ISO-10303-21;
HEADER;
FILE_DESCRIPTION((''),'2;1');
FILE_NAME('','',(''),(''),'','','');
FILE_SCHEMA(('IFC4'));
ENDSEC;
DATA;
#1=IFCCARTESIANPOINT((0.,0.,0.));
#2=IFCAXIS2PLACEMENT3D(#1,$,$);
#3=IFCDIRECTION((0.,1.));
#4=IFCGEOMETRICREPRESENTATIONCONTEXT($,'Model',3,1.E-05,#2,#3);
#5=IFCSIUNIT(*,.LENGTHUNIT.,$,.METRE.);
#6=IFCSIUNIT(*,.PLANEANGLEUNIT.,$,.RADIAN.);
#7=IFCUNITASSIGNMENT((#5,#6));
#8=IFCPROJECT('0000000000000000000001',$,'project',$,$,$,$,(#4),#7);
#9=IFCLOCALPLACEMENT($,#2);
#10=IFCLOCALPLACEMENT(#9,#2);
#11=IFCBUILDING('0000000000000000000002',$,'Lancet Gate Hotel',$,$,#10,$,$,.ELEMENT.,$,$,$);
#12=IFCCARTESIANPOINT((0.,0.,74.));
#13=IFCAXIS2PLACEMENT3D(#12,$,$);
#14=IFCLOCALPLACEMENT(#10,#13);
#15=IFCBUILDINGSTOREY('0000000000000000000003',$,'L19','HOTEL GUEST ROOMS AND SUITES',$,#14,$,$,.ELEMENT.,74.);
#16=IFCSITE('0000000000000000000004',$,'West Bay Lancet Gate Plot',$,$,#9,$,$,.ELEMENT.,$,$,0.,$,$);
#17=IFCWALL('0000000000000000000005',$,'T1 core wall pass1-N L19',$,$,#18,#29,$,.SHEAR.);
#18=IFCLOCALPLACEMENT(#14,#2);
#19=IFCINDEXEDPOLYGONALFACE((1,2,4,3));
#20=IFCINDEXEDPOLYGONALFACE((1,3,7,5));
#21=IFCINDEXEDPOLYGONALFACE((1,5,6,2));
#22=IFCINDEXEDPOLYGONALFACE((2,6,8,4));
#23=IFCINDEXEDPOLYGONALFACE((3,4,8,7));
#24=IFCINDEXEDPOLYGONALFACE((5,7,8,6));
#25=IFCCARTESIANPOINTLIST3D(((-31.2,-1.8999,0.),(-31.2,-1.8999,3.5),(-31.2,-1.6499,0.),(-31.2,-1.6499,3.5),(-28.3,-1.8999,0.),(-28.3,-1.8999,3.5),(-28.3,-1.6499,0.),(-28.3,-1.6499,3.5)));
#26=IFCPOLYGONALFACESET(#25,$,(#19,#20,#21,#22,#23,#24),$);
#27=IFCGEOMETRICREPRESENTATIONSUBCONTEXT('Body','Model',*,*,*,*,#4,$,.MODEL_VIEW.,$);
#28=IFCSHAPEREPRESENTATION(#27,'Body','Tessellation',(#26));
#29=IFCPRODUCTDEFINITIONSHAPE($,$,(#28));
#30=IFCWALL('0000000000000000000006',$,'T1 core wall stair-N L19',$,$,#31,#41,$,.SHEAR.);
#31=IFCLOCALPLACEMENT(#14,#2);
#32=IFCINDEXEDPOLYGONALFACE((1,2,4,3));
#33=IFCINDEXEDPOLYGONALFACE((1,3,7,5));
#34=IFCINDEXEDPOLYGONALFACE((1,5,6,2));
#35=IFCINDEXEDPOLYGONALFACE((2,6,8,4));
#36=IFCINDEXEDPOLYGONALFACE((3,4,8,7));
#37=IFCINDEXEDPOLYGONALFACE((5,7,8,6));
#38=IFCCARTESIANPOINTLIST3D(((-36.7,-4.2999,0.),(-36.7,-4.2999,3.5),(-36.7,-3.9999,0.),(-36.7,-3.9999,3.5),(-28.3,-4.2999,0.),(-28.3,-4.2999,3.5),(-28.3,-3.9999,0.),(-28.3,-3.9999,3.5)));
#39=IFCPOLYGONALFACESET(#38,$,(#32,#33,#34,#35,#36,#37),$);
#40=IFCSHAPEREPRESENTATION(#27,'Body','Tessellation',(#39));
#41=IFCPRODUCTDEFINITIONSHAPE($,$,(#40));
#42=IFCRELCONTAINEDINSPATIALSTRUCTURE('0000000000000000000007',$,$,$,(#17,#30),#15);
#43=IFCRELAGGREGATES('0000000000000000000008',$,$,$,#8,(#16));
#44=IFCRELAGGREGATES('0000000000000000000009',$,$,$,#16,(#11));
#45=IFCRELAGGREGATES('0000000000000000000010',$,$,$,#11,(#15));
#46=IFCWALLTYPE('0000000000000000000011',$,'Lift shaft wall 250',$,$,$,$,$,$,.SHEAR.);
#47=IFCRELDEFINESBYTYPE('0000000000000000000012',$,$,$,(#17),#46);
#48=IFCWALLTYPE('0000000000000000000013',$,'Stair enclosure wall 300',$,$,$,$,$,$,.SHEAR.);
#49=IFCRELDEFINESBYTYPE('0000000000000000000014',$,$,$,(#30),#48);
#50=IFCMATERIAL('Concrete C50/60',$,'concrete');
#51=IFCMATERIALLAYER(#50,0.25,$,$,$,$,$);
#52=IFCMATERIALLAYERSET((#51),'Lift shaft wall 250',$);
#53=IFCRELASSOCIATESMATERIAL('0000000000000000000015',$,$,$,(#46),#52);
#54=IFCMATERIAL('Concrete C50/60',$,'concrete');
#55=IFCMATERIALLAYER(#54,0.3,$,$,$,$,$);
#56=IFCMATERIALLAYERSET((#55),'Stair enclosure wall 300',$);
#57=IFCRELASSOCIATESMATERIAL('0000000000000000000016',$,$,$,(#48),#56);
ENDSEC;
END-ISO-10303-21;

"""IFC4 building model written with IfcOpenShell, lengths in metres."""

from ifc_helpers import new_model, si_unit, direction, frame, frame_2d, origin, place, context, subcontext, project, spatial, rectangle, extrude, material, layer, layer_set, type_object, element, save


model = new_model("IFC4")

# Units and contexts
model_context = context("Model", 3, precision=1e-05, world=origin(), true_north=direction((0.0, 1.0)))
body_context = subcontext(model_context, "Body", "Model", "MODEL_VIEW")
ifc_project = project(units=[si_unit("LENGTHUNIT", "METRE"), si_unit("PLANEANGLEUNIT", "RADIAN")], contexts=[model_context])

# Site, building, storey
site_placement = place(None, origin())
site = spatial("IfcSite", under=ifc_project, at=site_placement, Name="West Bay Lancet Gate Plot", CompositionType="ELEMENT", RefElevation=0.0)
building_placement = place(site_placement, origin())
building = spatial("IfcBuilding", under=site, at=building_placement, Name="Lancet Gate Hotel", CompositionType="ELEMENT")
storey_placement = place(building_placement, frame((0.0, 0.0, 74.0)))
storey = spatial("IfcBuildingStorey", under=building, at=storey_placement, Name="L19", Description="HOTEL GUEST ROOMS AND SUITES", CompositionType="ELEMENT", Elevation=74.0)

# Walls
ifc_material_1 = material(Name="Concrete C50/60", Category="concrete")
ifc_layer_1 = layer(ifc_material_1, 0.25)
ifc_layer_set_1 = layer_set([ifc_layer_1], Name="Lift shaft wall 250")
wall_type_1 = type_object("IfcWallType", Name="Lift shaft wall 250", PredefinedType="SHEAR", material=ifc_layer_set_1)
wall_1_placement = place(storey_placement, frame((-28.3, -1.7749, 0.0), z_axis=(0.0, 0.0, 1.0), x_axis=(-1.0, 0.0, 0.0)))
element("IfcWall", 1, at=wall_1_placement, inside=storey, type_object=wall_type_1, Name="T1 core wall pass1-N L19", PredefinedType="SHEAR", context=body_context, shape_type="SweptSolid", body=[
    extrude(rectangle(XDim=2.8999, YDim=0.25, at=frame_2d((1.45, 0.0))), origin(), (0.0, 0.0, 1.0), 3.5),
])
ifc_material_2 = material(Name="Concrete C50/60", Category="concrete")
ifc_layer_2 = layer(ifc_material_2, 0.3)
ifc_layer_set_2 = layer_set([ifc_layer_2], Name="Stair enclosure wall 300")
wall_type_2 = type_object("IfcWallType", Name="Stair enclosure wall 300", PredefinedType="SHEAR", material=ifc_layer_set_2)
wall_2_placement = place(storey_placement, frame((-28.3, -4.1499, 0.0), z_axis=(0.0, 0.0, 1.0), x_axis=(-1.0, 0.0, 0.0)))
element("IfcWall", 2, at=wall_2_placement, inside=storey, type_object=wall_type_2, Name="T1 core wall stair-N L19", PredefinedType="SHEAR", context=body_context, shape_type="SweptSolid", body=[
    extrude(rectangle(XDim=8.3999, YDim=0.3, at=frame_2d((4.2, 0.0))), origin(), (0.0, 0.0, 1.0), 3.5),
])

save(model, "model.ifc")
